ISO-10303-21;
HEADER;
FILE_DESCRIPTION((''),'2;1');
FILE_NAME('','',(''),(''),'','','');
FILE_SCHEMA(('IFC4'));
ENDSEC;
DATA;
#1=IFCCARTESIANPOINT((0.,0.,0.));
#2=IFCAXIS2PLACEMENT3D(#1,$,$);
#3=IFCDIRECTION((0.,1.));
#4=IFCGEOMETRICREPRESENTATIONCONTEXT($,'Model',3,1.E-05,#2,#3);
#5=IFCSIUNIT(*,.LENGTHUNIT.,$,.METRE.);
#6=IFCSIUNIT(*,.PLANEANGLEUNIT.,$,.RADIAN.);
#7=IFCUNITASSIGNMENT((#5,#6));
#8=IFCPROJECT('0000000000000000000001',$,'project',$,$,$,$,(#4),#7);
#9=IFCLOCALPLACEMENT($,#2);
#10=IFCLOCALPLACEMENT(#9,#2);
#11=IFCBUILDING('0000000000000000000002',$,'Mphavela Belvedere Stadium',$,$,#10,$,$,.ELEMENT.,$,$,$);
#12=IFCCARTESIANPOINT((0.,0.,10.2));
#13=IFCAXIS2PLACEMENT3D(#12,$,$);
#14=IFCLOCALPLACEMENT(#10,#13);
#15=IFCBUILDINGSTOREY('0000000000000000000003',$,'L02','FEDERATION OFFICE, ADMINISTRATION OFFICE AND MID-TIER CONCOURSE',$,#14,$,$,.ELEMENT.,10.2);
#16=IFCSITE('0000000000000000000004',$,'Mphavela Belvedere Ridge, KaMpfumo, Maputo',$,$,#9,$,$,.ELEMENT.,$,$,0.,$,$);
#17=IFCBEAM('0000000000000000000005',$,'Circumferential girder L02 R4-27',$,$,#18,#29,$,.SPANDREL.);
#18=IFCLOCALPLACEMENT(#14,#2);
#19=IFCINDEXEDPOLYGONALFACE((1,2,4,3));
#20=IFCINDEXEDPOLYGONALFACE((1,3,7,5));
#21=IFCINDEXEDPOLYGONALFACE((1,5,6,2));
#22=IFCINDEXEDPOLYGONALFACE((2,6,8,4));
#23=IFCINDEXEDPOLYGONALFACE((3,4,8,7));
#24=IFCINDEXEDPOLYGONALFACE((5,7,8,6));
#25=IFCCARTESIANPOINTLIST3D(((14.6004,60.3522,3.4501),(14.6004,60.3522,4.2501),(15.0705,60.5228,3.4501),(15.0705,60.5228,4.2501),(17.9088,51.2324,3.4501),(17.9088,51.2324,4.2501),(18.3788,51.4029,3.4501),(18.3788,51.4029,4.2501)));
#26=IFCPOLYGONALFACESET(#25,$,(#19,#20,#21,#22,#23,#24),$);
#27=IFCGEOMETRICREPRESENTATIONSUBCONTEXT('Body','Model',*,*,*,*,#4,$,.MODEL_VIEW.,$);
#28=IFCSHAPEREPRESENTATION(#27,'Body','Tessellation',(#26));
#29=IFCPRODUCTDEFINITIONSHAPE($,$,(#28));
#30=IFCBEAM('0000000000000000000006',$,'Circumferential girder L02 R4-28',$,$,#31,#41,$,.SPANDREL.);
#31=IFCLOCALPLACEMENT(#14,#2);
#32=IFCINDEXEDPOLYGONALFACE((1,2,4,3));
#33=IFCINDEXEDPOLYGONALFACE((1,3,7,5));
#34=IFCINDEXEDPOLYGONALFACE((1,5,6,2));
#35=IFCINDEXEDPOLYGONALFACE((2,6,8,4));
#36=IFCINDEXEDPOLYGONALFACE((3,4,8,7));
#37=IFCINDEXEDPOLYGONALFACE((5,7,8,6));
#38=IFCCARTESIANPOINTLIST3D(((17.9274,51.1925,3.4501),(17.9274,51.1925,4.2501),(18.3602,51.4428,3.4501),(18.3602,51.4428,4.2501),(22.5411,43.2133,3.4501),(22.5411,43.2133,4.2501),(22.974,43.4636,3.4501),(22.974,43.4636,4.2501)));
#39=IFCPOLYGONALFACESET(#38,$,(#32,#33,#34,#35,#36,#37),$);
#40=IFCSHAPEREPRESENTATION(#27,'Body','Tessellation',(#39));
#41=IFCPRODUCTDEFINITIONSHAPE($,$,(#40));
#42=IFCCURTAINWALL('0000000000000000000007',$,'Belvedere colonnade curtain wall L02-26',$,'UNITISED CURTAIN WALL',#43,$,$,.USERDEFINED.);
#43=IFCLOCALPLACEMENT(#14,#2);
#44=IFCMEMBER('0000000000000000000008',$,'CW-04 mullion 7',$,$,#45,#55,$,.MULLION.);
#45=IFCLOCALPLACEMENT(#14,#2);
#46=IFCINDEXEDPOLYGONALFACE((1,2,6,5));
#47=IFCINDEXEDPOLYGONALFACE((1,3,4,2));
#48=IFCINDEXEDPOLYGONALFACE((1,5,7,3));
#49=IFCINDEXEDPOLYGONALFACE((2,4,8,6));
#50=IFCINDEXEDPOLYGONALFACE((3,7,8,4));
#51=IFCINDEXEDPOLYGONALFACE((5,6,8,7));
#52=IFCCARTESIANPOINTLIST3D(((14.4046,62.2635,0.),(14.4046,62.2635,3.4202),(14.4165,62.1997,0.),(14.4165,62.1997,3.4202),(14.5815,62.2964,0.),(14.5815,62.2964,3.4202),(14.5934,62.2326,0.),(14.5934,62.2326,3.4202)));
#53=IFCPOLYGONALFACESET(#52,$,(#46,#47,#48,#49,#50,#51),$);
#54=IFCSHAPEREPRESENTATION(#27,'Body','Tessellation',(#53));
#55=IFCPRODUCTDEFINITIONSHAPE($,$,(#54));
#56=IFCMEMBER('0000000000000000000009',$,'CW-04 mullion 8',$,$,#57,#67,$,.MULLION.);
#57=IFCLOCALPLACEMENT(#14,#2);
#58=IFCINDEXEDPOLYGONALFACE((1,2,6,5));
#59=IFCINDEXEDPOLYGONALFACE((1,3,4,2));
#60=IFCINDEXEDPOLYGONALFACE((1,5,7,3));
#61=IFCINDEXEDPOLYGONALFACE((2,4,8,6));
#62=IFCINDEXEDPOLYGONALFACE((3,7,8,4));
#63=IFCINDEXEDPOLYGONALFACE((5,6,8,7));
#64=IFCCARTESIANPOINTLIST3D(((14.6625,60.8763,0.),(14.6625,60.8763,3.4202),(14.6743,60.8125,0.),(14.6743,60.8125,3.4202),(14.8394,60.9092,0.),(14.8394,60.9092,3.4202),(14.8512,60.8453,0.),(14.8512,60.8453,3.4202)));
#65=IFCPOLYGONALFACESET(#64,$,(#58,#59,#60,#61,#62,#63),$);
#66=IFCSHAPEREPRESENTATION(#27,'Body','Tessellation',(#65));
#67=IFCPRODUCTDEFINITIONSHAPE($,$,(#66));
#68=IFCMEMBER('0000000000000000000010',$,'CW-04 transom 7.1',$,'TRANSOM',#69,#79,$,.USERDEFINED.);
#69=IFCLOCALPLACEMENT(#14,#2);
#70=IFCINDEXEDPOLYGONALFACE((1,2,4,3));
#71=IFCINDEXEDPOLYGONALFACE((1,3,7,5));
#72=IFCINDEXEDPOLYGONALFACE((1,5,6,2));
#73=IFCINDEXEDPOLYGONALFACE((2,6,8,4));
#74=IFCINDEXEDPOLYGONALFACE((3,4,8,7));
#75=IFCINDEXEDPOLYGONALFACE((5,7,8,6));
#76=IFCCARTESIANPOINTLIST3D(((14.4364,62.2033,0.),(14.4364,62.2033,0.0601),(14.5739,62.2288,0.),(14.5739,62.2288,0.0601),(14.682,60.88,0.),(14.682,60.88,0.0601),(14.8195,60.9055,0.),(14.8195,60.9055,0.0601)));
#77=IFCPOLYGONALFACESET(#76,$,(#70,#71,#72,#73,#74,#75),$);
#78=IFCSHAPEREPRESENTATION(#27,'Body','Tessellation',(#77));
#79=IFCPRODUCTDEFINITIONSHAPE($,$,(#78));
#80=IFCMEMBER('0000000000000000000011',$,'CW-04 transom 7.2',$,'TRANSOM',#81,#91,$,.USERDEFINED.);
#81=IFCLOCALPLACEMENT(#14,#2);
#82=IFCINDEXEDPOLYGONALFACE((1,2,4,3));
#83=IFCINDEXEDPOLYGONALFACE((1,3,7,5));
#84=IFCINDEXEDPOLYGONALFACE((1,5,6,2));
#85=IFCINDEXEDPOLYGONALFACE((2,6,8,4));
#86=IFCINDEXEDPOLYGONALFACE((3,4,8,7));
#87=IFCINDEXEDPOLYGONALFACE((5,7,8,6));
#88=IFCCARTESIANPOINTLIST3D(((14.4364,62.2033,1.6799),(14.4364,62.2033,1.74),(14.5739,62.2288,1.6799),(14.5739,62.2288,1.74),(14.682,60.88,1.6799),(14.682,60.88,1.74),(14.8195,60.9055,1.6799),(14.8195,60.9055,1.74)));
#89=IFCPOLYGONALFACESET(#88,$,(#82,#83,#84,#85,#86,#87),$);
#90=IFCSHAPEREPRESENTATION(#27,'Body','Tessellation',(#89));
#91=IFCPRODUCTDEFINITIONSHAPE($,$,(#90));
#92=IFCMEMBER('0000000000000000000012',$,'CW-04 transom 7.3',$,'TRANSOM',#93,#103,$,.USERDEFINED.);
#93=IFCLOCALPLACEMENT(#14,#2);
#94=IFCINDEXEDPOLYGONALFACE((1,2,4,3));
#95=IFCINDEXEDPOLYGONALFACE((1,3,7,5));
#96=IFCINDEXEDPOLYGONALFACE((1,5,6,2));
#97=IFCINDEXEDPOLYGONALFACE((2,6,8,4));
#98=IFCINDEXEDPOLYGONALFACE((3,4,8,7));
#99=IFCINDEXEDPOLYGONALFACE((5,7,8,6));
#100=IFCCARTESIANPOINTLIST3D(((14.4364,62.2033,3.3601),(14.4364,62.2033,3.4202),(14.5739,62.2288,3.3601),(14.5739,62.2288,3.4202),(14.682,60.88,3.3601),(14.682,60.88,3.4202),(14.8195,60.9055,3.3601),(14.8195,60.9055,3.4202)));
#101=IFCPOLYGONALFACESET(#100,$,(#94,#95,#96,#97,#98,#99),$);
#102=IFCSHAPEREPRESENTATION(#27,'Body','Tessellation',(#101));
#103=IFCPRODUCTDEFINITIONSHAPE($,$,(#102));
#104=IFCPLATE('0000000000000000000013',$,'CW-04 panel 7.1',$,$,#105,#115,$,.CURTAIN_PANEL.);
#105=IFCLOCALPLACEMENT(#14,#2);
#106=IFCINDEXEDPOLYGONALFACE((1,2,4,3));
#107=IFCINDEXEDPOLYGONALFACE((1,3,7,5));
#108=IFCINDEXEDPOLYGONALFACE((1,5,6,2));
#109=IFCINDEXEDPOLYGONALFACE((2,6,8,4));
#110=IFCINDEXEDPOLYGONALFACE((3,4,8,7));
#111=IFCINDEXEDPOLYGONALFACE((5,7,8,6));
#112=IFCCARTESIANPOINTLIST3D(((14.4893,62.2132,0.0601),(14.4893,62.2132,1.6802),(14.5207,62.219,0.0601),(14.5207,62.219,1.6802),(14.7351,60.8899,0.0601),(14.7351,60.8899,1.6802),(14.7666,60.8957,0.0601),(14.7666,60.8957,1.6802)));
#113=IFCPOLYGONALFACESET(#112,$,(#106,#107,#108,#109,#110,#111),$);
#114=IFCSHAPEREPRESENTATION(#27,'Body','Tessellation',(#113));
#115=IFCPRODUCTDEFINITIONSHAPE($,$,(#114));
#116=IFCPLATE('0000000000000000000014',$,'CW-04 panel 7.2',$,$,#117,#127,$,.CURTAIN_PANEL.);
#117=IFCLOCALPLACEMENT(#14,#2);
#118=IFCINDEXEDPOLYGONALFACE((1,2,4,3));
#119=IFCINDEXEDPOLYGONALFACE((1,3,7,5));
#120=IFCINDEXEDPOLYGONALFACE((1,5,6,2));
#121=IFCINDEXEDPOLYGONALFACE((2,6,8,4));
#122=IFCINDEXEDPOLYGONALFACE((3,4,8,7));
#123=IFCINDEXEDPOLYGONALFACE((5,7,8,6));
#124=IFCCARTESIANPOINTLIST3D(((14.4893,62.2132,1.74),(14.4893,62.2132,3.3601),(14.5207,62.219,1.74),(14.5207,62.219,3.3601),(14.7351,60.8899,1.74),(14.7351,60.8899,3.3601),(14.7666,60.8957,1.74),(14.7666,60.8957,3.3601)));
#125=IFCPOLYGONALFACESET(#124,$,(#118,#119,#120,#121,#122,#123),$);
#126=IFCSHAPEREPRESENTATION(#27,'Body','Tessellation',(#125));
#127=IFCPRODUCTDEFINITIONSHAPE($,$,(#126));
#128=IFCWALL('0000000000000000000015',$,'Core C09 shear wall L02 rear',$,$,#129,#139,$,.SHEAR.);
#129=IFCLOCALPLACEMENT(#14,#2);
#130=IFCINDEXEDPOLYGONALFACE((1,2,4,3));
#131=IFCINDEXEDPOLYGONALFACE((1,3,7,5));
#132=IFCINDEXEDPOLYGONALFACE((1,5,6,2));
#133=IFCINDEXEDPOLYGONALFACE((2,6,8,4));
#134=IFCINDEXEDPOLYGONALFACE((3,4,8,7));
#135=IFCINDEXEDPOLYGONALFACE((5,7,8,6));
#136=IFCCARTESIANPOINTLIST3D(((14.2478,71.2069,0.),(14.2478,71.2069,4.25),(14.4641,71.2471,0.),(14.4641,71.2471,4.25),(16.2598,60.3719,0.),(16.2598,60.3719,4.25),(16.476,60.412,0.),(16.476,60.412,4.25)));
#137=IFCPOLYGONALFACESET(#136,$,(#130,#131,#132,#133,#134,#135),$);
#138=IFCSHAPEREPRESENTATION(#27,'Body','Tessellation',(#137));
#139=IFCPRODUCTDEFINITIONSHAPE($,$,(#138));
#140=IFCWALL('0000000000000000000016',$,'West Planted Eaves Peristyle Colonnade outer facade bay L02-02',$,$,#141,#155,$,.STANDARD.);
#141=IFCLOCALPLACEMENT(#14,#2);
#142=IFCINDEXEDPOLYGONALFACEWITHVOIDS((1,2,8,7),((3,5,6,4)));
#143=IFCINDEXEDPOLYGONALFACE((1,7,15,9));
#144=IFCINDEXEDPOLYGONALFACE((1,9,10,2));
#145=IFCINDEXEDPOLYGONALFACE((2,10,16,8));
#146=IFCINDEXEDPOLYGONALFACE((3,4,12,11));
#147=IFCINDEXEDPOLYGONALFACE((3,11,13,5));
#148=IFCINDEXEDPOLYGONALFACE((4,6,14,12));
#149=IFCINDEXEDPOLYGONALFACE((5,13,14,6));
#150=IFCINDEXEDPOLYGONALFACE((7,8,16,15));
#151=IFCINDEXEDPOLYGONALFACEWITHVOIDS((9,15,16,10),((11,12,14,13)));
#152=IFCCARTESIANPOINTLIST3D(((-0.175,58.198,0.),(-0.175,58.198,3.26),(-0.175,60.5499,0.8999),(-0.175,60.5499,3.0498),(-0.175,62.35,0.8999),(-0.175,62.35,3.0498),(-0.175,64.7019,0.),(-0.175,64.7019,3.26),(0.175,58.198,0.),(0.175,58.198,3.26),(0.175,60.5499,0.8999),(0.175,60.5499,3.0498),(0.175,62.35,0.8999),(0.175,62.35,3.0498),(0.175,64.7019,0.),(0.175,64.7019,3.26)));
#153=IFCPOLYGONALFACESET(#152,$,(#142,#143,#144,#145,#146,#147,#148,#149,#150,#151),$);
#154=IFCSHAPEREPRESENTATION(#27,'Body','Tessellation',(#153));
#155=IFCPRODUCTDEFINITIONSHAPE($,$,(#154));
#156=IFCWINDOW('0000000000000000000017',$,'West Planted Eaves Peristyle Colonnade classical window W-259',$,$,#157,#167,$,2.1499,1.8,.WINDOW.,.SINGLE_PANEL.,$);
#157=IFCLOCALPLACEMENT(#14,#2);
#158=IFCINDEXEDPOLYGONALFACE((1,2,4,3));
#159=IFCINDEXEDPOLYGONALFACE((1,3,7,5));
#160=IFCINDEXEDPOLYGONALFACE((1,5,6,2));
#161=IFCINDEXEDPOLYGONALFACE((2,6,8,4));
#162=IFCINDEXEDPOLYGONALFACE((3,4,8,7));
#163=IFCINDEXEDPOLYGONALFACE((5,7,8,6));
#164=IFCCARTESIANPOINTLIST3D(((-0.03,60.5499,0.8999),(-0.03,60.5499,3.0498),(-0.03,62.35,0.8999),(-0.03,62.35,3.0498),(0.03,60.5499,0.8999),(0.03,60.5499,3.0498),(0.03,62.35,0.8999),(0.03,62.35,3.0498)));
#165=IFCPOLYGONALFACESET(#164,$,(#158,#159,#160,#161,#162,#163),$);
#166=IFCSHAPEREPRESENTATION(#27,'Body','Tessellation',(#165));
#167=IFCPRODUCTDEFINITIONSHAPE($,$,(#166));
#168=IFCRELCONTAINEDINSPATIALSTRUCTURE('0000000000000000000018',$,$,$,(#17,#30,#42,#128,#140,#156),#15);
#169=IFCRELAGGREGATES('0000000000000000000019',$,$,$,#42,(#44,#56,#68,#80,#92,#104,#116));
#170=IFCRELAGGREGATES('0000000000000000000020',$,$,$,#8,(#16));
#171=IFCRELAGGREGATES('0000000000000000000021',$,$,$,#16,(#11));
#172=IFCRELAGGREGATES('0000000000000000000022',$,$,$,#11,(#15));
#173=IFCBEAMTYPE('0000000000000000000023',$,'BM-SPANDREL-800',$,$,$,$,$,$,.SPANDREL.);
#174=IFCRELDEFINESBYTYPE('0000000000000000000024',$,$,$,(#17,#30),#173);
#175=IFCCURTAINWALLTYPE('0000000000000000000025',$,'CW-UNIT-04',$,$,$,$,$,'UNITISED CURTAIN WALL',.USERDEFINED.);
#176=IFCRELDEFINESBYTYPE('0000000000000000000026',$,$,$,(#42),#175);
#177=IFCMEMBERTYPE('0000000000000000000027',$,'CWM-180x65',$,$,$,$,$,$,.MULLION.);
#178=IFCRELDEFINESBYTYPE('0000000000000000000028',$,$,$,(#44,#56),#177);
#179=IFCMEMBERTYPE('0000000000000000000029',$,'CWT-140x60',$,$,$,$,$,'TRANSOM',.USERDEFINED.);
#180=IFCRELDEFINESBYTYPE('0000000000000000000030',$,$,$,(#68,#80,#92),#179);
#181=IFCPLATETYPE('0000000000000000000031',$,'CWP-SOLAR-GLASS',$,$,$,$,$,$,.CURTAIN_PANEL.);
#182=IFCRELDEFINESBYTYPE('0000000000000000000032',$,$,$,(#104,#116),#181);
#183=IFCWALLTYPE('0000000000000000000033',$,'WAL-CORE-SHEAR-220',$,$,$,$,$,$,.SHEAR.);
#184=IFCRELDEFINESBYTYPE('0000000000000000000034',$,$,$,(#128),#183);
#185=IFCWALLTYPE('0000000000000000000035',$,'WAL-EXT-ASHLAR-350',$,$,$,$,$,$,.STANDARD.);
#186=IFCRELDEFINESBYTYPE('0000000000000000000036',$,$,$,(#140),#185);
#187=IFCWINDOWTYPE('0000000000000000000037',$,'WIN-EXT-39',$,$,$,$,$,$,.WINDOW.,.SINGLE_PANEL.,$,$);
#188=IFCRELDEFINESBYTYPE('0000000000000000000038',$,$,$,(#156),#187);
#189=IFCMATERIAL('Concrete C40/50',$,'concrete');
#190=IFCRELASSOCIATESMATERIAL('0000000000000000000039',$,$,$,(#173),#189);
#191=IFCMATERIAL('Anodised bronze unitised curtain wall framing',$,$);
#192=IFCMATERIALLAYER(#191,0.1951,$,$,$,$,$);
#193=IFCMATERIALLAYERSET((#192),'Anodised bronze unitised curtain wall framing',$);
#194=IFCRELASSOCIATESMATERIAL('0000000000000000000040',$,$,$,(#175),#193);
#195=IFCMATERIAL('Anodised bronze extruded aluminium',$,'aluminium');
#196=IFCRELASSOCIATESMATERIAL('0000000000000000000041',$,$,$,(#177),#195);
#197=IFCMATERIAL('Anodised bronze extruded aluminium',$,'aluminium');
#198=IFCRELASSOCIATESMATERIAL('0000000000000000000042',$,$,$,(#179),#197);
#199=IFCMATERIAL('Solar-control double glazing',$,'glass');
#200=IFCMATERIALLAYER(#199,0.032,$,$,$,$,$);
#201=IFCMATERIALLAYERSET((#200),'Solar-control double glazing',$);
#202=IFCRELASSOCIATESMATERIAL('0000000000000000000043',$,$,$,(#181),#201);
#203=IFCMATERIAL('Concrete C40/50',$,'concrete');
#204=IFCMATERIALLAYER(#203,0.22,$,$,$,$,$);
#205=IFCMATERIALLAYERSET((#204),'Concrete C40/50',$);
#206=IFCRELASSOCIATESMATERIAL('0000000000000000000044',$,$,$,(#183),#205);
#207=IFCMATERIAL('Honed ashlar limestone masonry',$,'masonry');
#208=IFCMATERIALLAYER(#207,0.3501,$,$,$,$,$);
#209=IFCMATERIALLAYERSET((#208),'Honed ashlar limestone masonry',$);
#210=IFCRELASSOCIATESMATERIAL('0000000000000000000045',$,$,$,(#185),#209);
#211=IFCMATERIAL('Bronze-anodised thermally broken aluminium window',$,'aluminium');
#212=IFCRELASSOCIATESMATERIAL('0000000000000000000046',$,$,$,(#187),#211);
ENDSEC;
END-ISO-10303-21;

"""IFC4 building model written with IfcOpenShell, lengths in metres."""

from ifc_helpers import new_model, si_unit, direction, frame, frame_2d, origin, origin_2d, place, context, subcontext, project, spatial, rectangle, extrude, material, layer, layer_set, material_profile, profile_set, type_object, element, fill, aggregate, save


model = new_model("IFC4")

# Units and contexts
model_context = context("Model", 3, precision=1e-05, world=origin(), true_north=direction((0.0, 1.0)))
body_context = subcontext(model_context, "Body", "Model", "MODEL_VIEW")
ifc_project = project(units=[si_unit("LENGTHUNIT", "METRE"), si_unit("PLANEANGLEUNIT", "RADIAN")], contexts=[model_context])

# Site, building, storey
site_placement = place(None, origin())
site = spatial("IfcSite", under=ifc_project, at=site_placement, Name="Mphavela Belvedere Ridge, KaMpfumo, Maputo", CompositionType="ELEMENT", RefElevation=0.0)
building_placement = place(site_placement, origin())
building = spatial("IfcBuilding", under=site, at=building_placement, Name="Mphavela Belvedere Stadium", CompositionType="ELEMENT")
storey_placement = place(building_placement, frame((0.0, 0.0, 10.2)))
storey = spatial("IfcBuildingStorey", under=building, at=storey_placement, Name="L02", Description="FEDERATION OFFICE, ADMINISTRATION OFFICE AND MID-TIER CONCOURSE", CompositionType="ELEMENT", Elevation=10.2)

# Beams
ifc_material_1 = material(Name="Concrete C40/50", Category="concrete")
ifc_material_profile_1 = material_profile(ifc_material_1, rectangle(XDim=0.5, YDim=0.8, at=origin_2d()), Name="RC 500x800")
ifc_profile_set_1 = profile_set([ifc_material_profile_1], Name="Concrete C40/50")
beam_type_1 = type_object("IfcBeamType", Name="BM-SPANDREL-800", PredefinedType="SPANDREL", material=ifc_profile_set_1)
beam_1_placement = place(storey_placement, frame((14.8354, 60.4375, 3.8501), z_axis=(0.341018, -0.940057, 0.0), x_axis=(0.940057, 0.341018, 0.0)))
element("IfcBeam", 1, at=beam_1_placement, inside=storey, type_object=beam_type_1, Name="Circumferential girder L02 R4-27", PredefinedType="SPANDREL", context=body_context, shape_type="SweptSolid", body=[
    extrude(rectangle(XDim=0.5, YDim=0.8, at=origin_2d()), origin(), (0.0, 0.0, 1.0), 9.7014),
])
beam_2_placement = place(storey_placement, frame((18.1438, 51.3176, 3.8501), z_axis=(0.500565, -0.865699, 0.0), x_axis=(0.865699, 0.500565, 0.0)))
element("IfcBeam", 2, at=beam_2_placement, inside=storey, type_object=beam_type_1, Name="Circumferential girder L02 R4-28", PredefinedType="SPANDREL", context=body_context, shape_type="SweptSolid", body=[
    extrude(rectangle(XDim=0.5, YDim=0.8, at=origin_2d()), origin(), (0.0, 0.0, 1.0), 9.217),
])

# Curtain wall, members, plates
ifc_material_2 = material(Name="Anodised bronze unitised curtain wall framing")
ifc_layer_1 = layer(ifc_material_2, 0.1951)
ifc_layer_set_1 = layer_set([ifc_layer_1], Name="Anodised bronze unitised curtain wall framing")
curtain_wall_type = type_object("IfcCurtainWallType", Name="CW-UNIT-04", ElementType="UNITISED CURTAIN WALL", PredefinedType="USERDEFINED", material=ifc_layer_set_1)
curtain_wall_placement = place(storey_placement, origin())
curtain_wall = element("IfcCurtainWall", 3, at=curtain_wall_placement, inside=storey, type_object=curtain_wall_type, Name="Belvedere colonnade curtain wall L02-26", ObjectType="UNITISED CURTAIN WALL", PredefinedType="USERDEFINED")
ifc_material_3 = material(Name="Anodised bronze extruded aluminium", Category="aluminium")
ifc_material_profile_2 = material_profile(ifc_material_3, rectangle(XDim=0.1799, YDim=0.0649, at=origin_2d()), Name="CW-MUL 180x65")
ifc_profile_set_2 = profile_set([ifc_material_profile_2], Name="Anodised bronze extruded aluminium")
member_type_1 = type_object("IfcMemberType", Name="CWM-180x65", PredefinedType="MULLION", material=ifc_profile_set_2)
member_1_placement = place(storey_placement, frame((14.499, 62.248, 0.0), z_axis=(0.0, 0.0, 1.0), x_axis=(0.983183, 0.182625, 0.0)))
member_1 = element("IfcMember", 4, at=member_1_placement, type_object=member_type_1, Name="CW-04 mullion 7", PredefinedType="MULLION", context=body_context, shape_type="SweptSolid", body=[
    extrude(rectangle(XDim=0.1799, YDim=0.0649, at=origin_2d()), origin(), (0.0, 0.0, 1.0), 3.4202),
])
member_2_placement = place(storey_placement, frame((14.7568, 60.8608, 0.0), z_axis=(0.0, 0.0, 1.0), x_axis=(0.983183, 0.182625, 0.0)))
member_2 = element("IfcMember", 5, at=member_2_placement, type_object=member_type_1, Name="CW-04 mullion 8", PredefinedType="MULLION", context=body_context, shape_type="SweptSolid", body=[
    extrude(rectangle(XDim=0.1799, YDim=0.0649, at=origin_2d()), origin(), (0.0, 0.0, 1.0), 3.4202),
])
ifc_material_4 = material(Name="Anodised bronze extruded aluminium", Category="aluminium")
ifc_material_profile_3 = material_profile(ifc_material_4, rectangle(XDim=0.1399, YDim=0.0601, at=origin_2d()), Name="CW-TRN 140x60")
ifc_profile_set_3 = profile_set([ifc_material_profile_3], Name="Anodised bronze extruded aluminium")
member_type_2 = type_object("IfcMemberType", Name="CWT-140x60", ElementType="TRANSOM", PredefinedType="USERDEFINED", material=ifc_profile_set_3)
member_3_placement = place(storey_placement, frame((14.5051, 62.2161, 0.03), z_axis=(0.182492, -0.983207, 0.0), x_axis=(0.983207, 0.182492, 0.0)))
member_3 = element("IfcMember", 6, at=member_3_placement, type_object=member_type_2, Name="CW-04 transom 7.1", ObjectType="TRANSOM", PredefinedType="USERDEFINED", context=body_context, shape_type="SweptSolid", body=[
    extrude(rectangle(XDim=0.1399, YDim=0.0601, at=origin_2d()), origin(), (0.0, 0.0, 1.0), 1.3459),
])
member_4_placement = place(storey_placement, frame((14.5051, 62.2161, 1.71), z_axis=(0.182492, -0.983207, 0.0), x_axis=(0.983207, 0.182492, 0.0)))
member_4 = element("IfcMember", 7, at=member_4_placement, type_object=member_type_2, Name="CW-04 transom 7.2", ObjectType="TRANSOM", PredefinedType="USERDEFINED", context=body_context, shape_type="SweptSolid", body=[
    extrude(rectangle(XDim=0.1399, YDim=0.0601, at=origin_2d()), origin(), (0.0, 0.0, 1.0), 1.3459),
])
member_5_placement = place(storey_placement, frame((14.5051, 62.2161, 3.3901), z_axis=(0.182492, -0.983207, 0.0), x_axis=(0.983207, 0.182492, 0.0)))
member_5 = element("IfcMember", 8, at=member_5_placement, type_object=member_type_2, Name="CW-04 transom 7.3", ObjectType="TRANSOM", PredefinedType="USERDEFINED", context=body_context, shape_type="SweptSolid", body=[
    extrude(rectangle(XDim=0.1399, YDim=0.0601, at=origin_2d()), origin(), (0.0, 0.0, 1.0), 1.3459),
])
ifc_material_5 = material(Name="Solar-control double glazing", Category="glass")
ifc_layer_2 = layer(ifc_material_5, 0.032)
ifc_layer_set_2 = layer_set([ifc_layer_2], Name="Solar-control double glazing")
plate_type = type_object("IfcPlateType", Name="CWP-SOLAR-GLASS", PredefinedType="CURTAIN_PANEL", material=ifc_layer_set_2)
plate_1_placement = place(storey_placement, frame((14.6279, 61.5544, 0.0601), z_axis=(0.0, 0.0, 1.0), x_axis=(0.182625, -0.983183, 0.0)))
plate_1 = element("IfcPlate", 9, at=plate_1_placement, type_object=plate_type, Name="CW-04 panel 7.1", PredefinedType="CURTAIN_PANEL", context=body_context, shape_type="SweptSolid", body=[
    extrude(rectangle(XDim=1.3459, YDim=0.032, at=origin_2d()), origin(), (0.0, 0.0, 1.0), 1.6201),
])
plate_2_placement = place(storey_placement, frame((14.6279, 61.5544, 1.74), z_axis=(0.0, 0.0, 1.0), x_axis=(0.182625, -0.983183, 0.0)))
plate_2 = element("IfcPlate", 10, at=plate_2_placement, type_object=plate_type, Name="CW-04 panel 7.2", PredefinedType="CURTAIN_PANEL", context=body_context, shape_type="SweptSolid", body=[
    extrude(rectangle(XDim=1.3459, YDim=0.032, at=origin_2d()), origin(), (0.0, 0.0, 1.0), 1.6201),
])
aggregate(curtain_wall, [member_1, member_2, member_3, member_4, member_5, plate_1, plate_2])

# Wall
ifc_material_6 = material(Name="Concrete C40/50", Category="concrete")
ifc_layer_3 = layer(ifc_material_6, 0.22)
ifc_layer_set_3 = layer_set([ifc_layer_3], Name="Concrete C40/50")
wall_type_1 = type_object("IfcWallType", Name="WAL-CORE-SHEAR-220", PredefinedType="SHEAR", material=ifc_layer_set_3)
wall_1_placement = place(storey_placement, frame((16.3679, 60.3918, 0.0), z_axis=(0.0, 0.0, 1.0), x_axis=(-0.182571, 0.983193, 0.0)))
element("IfcWall", 11, at=wall_1_placement, inside=storey, type_object=wall_type_1, Name="Core C09 shear wall L02 rear", PredefinedType="SHEAR", context=body_context, shape_type="SweptSolid", body=[
    extrude(rectangle(XDim=11.0203, YDim=0.22, at=frame_2d((5.5103, 0.0))), origin(), (0.0, 0.0, 1.0), 4.25),
])

# Shared definitions
ifc_material_7 = material(Name="Honed ashlar limestone masonry", Category="masonry")
ifc_layer_4 = layer(ifc_material_7, 0.3501)
ifc_layer_set_4 = layer_set([ifc_layer_4], Name="Honed ashlar limestone masonry")
wall_type_2 = type_object("IfcWallType", Name="WAL-EXT-ASHLAR-350", PredefinedType="STANDARD", material=ifc_layer_set_4)

# Wall, opening, window
wall_2_placement = place(storey_placement, frame((0.0, 58.198, 0.0), z_axis=(0.0, 0.0, 1.0), x_axis=(0.0, 1.0, 0.0)))
wall_2 = element("IfcWall", 12, at=wall_2_placement, inside=storey, type_object=wall_type_2, Name="West Planted Eaves Peristyle Colonnade outer facade bay L02-02", PredefinedType="STANDARD", context=body_context, shape_type="SweptSolid", body=[
    extrude(rectangle(XDim=6.5039, YDim=0.3501, at=frame_2d((3.252, 0.0))), origin(), (0.0, 0.0, 1.0), 3.26),
])
opening_1_placement = place(wall_2_placement, frame((2.3521, 0.0, 0.8999)))
opening_1 = element("IfcOpeningElement", 13, at=opening_1_placement, cuts=wall_2, PredefinedType="OPENING", context=body_context, shape_type="SweptSolid", body=[
    extrude(rectangle(XDim=1.8, YDim=2.1499, at=frame_2d((0.8999, 1.075))), frame((0.0, 0.1851, 0.0), z_axis=(0.0, -1.0, 0.0), x_axis=(1.0, 0.0, 0.0)), (0.0, 0.0, 1.0), 0.3701),
])
ifc_material_8 = material(Name="Bronze-anodised thermally broken aluminium window", Category="aluminium")
window_type = type_object("IfcWindowType", Name="WIN-EXT-39", PartitioningType="SINGLE_PANEL", PredefinedType="WINDOW", material=ifc_material_8)
window_placement = place(opening_1_placement, origin())
window = element("IfcWindow", 14, at=window_placement, inside=storey, type_object=window_type, Name="West Planted Eaves Peristyle Colonnade classical window W-259", OverallHeight=2.1499, OverallWidth=1.8, PartitioningType="SINGLE_PANEL", PredefinedType="WINDOW", context=body_context, shape_type="SweptSolid", body=[
    extrude(rectangle(XDim=1.8, YDim=2.1499, at=frame_2d((0.8999, 1.075))), frame((0.0, 0.03, 0.0), z_axis=(0.0, -1.0, 0.0), x_axis=(1.0, 0.0, 0.0)), (0.0, 0.0, 1.0), 0.0601),
])
fill(opening_1, window)

save(model, "model.ifc")
